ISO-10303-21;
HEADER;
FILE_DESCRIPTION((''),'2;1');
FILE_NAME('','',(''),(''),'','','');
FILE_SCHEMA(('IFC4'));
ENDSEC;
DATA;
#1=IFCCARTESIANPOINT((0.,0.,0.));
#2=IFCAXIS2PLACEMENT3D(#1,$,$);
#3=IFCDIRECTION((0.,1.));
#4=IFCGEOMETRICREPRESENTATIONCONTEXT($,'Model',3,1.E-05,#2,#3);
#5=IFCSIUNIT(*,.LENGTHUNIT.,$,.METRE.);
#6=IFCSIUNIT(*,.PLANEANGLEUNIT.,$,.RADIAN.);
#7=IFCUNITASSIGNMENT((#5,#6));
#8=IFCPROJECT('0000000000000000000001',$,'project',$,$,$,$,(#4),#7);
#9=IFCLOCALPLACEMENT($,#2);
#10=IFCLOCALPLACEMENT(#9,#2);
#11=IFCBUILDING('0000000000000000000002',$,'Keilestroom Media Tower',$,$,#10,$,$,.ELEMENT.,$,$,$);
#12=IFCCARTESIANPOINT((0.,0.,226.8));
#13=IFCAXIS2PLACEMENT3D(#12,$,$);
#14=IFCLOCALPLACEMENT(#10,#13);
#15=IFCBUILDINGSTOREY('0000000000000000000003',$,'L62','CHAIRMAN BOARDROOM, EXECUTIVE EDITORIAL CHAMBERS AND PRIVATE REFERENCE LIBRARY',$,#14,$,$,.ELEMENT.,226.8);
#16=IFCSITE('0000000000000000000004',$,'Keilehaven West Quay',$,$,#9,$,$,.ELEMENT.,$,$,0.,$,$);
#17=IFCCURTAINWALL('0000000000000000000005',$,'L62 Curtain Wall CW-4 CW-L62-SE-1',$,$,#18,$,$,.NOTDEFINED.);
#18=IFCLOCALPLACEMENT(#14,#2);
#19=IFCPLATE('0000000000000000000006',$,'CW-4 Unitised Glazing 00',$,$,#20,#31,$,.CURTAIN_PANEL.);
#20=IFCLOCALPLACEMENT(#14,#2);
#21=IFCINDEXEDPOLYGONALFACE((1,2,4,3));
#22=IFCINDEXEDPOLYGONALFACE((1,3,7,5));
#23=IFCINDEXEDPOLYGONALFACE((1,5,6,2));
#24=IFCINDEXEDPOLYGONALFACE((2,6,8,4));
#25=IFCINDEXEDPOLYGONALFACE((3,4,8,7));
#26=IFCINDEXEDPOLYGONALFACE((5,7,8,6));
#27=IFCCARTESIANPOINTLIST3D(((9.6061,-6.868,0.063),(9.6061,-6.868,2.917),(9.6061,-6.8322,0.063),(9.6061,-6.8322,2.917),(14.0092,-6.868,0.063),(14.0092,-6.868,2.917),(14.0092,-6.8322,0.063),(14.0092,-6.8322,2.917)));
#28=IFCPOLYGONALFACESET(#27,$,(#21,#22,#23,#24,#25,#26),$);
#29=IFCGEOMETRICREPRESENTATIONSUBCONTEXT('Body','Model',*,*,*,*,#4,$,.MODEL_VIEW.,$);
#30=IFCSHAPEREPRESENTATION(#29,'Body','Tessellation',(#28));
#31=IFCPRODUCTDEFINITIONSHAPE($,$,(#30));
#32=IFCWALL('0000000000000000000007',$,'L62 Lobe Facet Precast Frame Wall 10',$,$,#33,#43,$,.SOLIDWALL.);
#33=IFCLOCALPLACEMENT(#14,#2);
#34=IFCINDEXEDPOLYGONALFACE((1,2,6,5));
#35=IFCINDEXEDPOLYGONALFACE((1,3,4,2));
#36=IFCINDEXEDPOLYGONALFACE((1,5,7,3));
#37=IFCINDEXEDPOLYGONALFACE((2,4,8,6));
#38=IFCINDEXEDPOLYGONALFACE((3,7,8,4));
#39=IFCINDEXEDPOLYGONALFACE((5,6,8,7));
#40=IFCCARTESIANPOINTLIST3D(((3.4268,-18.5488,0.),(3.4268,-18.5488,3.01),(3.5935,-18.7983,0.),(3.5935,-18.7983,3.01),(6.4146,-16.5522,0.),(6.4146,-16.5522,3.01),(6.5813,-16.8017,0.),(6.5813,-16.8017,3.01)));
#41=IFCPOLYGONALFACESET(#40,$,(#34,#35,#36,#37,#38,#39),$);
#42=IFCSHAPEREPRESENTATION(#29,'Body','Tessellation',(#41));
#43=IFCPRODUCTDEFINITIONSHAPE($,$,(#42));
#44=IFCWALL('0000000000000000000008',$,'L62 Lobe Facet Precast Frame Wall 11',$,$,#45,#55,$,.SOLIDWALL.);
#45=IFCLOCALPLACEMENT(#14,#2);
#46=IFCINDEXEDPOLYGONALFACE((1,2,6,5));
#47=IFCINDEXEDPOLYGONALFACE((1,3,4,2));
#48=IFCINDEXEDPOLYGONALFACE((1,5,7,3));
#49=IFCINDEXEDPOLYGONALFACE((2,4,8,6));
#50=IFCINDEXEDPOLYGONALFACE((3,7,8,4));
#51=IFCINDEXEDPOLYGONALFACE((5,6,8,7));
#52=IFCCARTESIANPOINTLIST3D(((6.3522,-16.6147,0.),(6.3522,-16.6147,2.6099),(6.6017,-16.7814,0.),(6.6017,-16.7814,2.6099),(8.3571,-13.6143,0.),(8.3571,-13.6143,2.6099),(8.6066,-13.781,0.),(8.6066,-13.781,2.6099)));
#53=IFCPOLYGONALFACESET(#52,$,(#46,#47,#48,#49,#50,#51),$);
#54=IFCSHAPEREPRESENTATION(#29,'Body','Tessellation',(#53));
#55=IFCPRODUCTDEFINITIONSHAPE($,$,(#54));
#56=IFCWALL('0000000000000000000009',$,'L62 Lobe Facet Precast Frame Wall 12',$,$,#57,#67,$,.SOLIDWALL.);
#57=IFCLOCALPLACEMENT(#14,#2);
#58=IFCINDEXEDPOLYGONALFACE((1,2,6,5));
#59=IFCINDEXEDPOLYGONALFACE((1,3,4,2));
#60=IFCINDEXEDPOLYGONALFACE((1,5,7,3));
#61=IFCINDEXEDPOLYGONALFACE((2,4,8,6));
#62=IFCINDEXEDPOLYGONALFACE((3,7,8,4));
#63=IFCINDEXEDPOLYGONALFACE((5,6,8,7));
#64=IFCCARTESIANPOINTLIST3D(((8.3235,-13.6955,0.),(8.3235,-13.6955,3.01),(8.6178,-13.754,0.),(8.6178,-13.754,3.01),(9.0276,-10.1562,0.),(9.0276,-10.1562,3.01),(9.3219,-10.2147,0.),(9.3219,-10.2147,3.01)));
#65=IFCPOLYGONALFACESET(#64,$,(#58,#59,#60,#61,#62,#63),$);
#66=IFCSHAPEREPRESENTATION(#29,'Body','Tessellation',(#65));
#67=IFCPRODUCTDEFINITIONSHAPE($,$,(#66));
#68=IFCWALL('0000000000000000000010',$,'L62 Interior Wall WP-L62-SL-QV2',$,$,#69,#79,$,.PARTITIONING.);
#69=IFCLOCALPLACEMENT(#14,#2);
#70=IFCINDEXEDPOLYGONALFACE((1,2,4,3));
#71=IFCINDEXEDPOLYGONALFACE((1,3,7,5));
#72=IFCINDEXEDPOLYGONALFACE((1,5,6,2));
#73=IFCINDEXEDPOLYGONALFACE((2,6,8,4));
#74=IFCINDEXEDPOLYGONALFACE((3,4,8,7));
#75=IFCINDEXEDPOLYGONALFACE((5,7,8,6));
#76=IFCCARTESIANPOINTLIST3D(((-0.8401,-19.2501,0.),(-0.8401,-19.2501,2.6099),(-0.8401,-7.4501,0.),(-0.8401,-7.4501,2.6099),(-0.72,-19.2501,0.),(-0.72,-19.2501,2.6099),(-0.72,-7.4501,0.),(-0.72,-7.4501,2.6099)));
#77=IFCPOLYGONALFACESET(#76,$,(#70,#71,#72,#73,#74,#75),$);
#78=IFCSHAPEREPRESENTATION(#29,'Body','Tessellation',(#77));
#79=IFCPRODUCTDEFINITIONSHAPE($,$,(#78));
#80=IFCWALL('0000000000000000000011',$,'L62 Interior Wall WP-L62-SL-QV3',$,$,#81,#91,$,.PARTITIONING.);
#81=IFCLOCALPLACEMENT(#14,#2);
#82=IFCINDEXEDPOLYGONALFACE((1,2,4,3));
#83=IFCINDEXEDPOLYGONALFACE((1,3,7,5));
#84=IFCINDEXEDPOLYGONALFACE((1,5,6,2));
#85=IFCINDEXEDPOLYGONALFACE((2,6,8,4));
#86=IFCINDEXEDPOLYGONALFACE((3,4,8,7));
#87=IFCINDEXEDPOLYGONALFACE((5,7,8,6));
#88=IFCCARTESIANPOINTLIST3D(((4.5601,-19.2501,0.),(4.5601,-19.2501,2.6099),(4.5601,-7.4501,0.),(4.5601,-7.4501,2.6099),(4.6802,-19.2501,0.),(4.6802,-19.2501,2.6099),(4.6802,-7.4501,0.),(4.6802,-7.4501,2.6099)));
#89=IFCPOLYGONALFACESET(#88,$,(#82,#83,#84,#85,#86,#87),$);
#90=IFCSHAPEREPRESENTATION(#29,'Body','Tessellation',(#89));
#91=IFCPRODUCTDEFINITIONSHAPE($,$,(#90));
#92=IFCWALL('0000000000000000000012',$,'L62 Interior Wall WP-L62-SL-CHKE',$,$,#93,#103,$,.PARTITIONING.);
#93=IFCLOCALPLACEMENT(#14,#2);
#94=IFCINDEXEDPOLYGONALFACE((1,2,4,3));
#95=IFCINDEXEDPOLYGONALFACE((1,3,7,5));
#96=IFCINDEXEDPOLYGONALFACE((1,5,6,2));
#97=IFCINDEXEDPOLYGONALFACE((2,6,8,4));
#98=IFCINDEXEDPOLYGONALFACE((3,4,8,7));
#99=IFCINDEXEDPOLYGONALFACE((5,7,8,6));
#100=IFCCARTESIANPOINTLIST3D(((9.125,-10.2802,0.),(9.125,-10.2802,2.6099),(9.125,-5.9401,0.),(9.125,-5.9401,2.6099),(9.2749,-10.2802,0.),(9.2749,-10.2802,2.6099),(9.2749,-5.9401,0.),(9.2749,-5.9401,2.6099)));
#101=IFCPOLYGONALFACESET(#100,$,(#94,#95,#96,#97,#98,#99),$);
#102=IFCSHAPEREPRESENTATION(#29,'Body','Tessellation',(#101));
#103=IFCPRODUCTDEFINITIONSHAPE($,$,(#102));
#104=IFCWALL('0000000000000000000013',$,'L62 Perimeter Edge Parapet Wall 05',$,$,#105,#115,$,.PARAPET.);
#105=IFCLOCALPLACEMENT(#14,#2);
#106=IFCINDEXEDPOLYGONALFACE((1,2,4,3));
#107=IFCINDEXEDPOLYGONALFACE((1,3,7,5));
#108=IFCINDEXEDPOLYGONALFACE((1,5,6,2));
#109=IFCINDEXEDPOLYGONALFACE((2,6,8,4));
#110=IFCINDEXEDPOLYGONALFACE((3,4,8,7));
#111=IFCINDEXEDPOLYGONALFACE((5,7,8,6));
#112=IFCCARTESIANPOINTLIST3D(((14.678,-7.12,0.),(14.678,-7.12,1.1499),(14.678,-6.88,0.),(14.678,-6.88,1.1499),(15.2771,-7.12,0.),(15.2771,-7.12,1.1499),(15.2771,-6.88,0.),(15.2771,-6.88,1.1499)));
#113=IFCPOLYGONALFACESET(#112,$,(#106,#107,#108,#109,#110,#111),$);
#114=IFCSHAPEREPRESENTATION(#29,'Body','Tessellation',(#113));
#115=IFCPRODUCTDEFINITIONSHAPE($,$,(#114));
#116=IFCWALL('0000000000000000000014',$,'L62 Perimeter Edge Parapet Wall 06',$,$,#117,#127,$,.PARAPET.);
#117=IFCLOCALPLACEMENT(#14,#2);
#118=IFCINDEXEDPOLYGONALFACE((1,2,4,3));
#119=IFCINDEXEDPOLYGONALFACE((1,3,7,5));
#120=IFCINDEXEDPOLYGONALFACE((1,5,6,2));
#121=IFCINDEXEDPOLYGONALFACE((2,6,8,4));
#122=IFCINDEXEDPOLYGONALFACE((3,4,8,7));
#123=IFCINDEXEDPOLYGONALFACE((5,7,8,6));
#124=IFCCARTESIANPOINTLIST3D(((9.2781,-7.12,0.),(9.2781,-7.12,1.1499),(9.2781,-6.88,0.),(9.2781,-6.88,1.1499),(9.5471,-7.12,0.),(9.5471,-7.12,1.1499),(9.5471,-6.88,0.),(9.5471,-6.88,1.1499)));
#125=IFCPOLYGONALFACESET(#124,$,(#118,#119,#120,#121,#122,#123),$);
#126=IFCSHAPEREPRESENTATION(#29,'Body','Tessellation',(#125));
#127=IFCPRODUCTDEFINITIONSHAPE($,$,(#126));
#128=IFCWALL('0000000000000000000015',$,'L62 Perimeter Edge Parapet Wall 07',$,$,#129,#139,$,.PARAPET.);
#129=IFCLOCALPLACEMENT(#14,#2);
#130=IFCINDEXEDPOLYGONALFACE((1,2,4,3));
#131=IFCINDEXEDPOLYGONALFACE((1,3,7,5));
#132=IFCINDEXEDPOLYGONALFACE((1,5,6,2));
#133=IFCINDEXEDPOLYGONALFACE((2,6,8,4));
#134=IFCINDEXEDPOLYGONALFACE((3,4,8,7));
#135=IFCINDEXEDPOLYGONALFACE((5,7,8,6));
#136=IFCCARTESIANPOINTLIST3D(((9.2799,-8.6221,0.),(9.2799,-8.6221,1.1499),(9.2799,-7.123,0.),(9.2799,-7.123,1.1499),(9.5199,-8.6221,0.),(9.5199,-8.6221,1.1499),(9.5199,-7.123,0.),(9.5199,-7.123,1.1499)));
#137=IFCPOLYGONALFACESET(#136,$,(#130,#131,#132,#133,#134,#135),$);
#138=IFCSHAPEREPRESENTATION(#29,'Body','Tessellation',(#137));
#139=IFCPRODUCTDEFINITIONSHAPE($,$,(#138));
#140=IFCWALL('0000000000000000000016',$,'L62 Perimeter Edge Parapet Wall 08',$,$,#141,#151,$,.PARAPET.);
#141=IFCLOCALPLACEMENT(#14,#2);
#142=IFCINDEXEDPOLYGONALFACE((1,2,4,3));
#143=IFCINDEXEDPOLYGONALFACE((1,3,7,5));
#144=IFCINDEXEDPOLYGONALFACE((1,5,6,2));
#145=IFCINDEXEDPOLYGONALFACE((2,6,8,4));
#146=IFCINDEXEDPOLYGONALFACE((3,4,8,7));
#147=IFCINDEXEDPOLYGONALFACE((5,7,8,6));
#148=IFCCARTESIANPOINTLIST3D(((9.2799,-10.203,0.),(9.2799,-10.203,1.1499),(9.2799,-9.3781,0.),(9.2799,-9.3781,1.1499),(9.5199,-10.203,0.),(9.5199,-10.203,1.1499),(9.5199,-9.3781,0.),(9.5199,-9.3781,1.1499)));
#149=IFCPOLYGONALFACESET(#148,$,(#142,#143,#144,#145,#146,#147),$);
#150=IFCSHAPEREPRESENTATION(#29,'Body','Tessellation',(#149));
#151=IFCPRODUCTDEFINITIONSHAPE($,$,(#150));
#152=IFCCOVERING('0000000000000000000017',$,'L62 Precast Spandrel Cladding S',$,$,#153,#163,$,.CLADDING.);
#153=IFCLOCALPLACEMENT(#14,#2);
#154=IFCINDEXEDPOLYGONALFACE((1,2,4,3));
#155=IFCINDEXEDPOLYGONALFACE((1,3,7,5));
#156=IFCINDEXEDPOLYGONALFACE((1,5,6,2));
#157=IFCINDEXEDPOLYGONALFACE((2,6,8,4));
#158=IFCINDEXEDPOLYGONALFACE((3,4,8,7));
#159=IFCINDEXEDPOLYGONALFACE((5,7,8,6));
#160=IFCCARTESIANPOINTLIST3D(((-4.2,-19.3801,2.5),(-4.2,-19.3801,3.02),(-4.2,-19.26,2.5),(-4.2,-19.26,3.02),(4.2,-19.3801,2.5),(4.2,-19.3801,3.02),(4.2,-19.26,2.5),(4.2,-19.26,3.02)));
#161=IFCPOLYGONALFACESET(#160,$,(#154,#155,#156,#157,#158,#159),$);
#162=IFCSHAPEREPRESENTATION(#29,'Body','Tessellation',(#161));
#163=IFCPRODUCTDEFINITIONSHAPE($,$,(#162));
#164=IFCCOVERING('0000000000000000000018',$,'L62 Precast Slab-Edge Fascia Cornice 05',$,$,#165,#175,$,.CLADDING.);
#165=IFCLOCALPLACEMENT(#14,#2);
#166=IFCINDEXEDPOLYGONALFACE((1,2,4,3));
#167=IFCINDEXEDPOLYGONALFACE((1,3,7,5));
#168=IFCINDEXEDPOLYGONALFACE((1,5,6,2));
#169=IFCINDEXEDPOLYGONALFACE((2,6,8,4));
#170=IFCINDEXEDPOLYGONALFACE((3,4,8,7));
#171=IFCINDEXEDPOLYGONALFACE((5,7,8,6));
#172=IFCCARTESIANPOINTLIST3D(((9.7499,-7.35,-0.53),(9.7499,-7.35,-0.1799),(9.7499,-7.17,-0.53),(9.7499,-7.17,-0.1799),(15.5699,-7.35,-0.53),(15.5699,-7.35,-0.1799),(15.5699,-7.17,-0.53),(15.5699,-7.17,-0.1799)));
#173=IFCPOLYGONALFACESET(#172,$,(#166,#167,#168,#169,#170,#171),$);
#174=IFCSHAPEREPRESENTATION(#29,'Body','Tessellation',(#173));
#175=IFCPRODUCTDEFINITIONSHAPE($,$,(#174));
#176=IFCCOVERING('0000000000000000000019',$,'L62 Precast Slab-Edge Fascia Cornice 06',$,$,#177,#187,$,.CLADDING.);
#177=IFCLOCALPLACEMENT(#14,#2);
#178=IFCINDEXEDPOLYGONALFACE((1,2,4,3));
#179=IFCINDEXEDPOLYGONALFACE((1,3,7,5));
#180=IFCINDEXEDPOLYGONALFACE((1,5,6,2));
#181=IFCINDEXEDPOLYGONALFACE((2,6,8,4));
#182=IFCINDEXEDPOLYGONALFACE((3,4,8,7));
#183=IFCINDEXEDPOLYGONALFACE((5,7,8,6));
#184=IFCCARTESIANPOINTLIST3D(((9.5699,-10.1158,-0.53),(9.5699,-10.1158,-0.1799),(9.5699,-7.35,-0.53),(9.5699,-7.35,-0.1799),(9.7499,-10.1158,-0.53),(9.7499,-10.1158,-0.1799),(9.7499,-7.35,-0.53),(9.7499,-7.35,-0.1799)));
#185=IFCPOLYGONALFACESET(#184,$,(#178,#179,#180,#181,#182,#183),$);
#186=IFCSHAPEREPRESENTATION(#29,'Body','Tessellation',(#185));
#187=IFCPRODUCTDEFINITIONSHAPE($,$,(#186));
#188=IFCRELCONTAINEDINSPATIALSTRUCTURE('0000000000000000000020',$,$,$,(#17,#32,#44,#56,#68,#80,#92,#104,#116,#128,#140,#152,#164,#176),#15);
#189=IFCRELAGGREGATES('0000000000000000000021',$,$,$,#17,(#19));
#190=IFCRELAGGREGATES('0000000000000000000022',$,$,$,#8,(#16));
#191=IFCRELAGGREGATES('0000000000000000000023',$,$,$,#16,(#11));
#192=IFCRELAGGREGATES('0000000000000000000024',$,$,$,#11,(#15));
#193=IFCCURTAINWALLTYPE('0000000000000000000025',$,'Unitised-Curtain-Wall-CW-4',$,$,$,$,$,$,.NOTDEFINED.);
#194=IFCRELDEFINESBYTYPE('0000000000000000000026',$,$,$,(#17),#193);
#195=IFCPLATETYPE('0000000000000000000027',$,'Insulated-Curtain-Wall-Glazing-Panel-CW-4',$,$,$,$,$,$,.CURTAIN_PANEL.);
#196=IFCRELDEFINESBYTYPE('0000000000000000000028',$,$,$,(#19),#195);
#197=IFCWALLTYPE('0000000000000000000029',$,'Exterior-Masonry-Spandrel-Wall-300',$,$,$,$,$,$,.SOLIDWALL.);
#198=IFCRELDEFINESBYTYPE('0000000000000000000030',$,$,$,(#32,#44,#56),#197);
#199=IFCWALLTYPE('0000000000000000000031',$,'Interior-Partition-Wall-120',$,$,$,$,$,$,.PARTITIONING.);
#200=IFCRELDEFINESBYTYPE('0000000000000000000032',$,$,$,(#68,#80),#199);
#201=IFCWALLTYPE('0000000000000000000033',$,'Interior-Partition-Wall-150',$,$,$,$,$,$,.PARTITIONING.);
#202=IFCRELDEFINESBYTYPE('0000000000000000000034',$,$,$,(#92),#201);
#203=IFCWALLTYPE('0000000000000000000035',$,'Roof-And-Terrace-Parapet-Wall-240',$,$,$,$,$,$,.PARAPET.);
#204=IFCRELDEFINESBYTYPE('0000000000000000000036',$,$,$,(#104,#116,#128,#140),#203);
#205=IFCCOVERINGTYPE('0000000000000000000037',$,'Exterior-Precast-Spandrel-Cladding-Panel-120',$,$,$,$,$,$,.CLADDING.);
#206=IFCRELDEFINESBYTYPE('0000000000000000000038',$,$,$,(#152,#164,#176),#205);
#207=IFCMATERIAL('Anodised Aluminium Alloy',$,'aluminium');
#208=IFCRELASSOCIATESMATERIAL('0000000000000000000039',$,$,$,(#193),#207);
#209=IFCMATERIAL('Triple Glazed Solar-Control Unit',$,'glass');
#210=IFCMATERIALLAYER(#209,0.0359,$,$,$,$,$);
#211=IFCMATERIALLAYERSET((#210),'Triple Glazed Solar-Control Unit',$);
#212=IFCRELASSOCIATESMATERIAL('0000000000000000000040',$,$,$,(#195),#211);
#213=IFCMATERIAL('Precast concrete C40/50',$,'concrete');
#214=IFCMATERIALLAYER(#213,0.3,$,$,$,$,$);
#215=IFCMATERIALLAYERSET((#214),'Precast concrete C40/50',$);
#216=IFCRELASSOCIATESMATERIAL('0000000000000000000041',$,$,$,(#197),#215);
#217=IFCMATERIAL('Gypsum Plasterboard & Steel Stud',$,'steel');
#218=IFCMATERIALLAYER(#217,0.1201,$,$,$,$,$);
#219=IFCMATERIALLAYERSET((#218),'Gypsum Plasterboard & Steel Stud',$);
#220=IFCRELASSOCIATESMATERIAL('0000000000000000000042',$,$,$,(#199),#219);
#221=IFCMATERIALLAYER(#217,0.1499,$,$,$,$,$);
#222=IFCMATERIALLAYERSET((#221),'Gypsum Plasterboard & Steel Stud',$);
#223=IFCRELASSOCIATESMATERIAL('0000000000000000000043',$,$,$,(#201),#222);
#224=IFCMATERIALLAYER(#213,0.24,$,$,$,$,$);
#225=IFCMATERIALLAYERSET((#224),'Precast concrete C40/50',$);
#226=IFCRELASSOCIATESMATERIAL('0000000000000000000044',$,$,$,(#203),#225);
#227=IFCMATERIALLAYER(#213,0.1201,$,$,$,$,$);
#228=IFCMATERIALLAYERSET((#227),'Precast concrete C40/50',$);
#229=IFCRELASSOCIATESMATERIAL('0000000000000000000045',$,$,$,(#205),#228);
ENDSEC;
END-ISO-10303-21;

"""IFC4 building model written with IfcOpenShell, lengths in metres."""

from ifc_helpers import new_model, si_unit, direction, frame, frame_2d, origin, origin_2d, place, context, subcontext, project, spatial, rectangle, extrude, source, transform, mapped, material, layer, layer_set, type_object, element, aggregate, save


model = new_model("IFC4")

# Units and contexts
model_context = context("Model", 3, precision=1e-05, world=origin(), true_north=direction((0.0, 1.0)))
body_context = subcontext(model_context, "Body", "Model", "MODEL_VIEW")
ifc_project = project(units=[si_unit("LENGTHUNIT", "METRE"), si_unit("PLANEANGLEUNIT", "RADIAN")], contexts=[model_context])

# Site, building, storey
site_placement = place(None, origin())
site = spatial("IfcSite", under=ifc_project, at=site_placement, Name="Keilehaven West Quay", CompositionType="ELEMENT", RefElevation=0.0)
building_placement = place(site_placement, origin())
building = spatial("IfcBuilding", under=site, at=building_placement, Name="Keilestroom Media Tower", CompositionType="ELEMENT")
storey_placement = place(building_placement, frame((0.0, 0.0, 226.8)))
storey = spatial("IfcBuildingStorey", under=building, at=storey_placement, Name="L62", Description="CHAIRMAN BOARDROOM, EXECUTIVE EDITORIAL CHAMBERS AND PRIVATE REFERENCE LIBRARY", CompositionType="ELEMENT", Elevation=226.8)

# Shared definitions
ifc_material_1 = material(Name="Precast concrete C40/50", Category="concrete")

# Curtain wall
ifc_material_2 = material(Name="Anodised Aluminium Alloy", Category="aluminium")
curtain_wall_type_1 = type_object("IfcCurtainWallType", Name="Unitised-Curtain-Wall-CW-4", PredefinedType="NOTDEFINED", material=ifc_material_2)
curtain_wall_1_placement = place(storey_placement, origin())
curtain_wall_1 = element("IfcCurtainWall", 1, at=curtain_wall_1_placement, inside=storey, type_object=curtain_wall_type_1, Name="L62 Curtain Wall CW-4 CW-L62-SE-1", PredefinedType="NOTDEFINED")

# Plate
ifc_material_3 = material(Name="Triple Glazed Solar-Control Unit", Category="glass")
ifc_layer_1 = layer(ifc_material_3, 0.0359)
ifc_layer_set_1 = layer_set([ifc_layer_1], Name="Triple Glazed Solar-Control Unit")
plate_type_1 = type_object("IfcPlateType", Name="Insulated-Curtain-Wall-Glazing-Panel-CW-4", PredefinedType="CURTAIN_PANEL", material=ifc_layer_set_1)
shared_shape_1 = source(origin(), body_context, "Body", "SweptSolid", [
    extrude(rectangle(XDim=4.4031, YDim=0.0359, at=origin_2d()), origin(), (0.0, 0.0, 1.0), 2.854),
])
plate_1_placement = place(storey_placement, frame((11.8076, -6.8501, 0.063), z_axis=(0.0, 0.0, 1.0), x_axis=(1.0, 0.0, 0.0)))
plate_1 = element("IfcPlate", 2, at=plate_1_placement, type_object=plate_type_1, Name="CW-4 Unitised Glazing 00", PredefinedType="CURTAIN_PANEL", context=body_context, shape_type="MappedRepresentation", body=[
    mapped(shared_shape_1, transform((0.0, 0.0, 0.0), x_axis=(1.0, 0.0, 0.0), y_axis=(0.0, 1.0, 0.0), z_axis=(0.0, 0.0, 1.0), scale=1.0)),
])
aggregate(curtain_wall_1, [plate_1])

# Walls
ifc_layer_2 = layer(ifc_material_1, 0.3)
ifc_layer_set_2 = layer_set([ifc_layer_2], Name="Precast concrete C40/50")
wall_type_1 = type_object("IfcWallType", Name="Exterior-Masonry-Spandrel-Wall-300", PredefinedType="SOLIDWALL", material=ifc_layer_set_2)
wall_1_placement = place(storey_placement, frame((3.51, -18.6736, 0.0), z_axis=(0.0, 0.0, 1.0), x_axis=(0.831444, 0.555609, 0.0)))
element("IfcWall", 3, at=wall_1_placement, inside=storey, type_object=wall_type_1, Name="L62 Lobe Facet Precast Frame Wall 10", PredefinedType="SOLIDWALL", context=body_context, shape_type="SweptSolid", body=[
    extrude(rectangle(XDim=3.5935, YDim=0.3, at=frame_2d((1.7969, 0.0))), origin(), (0.0, 0.0, 1.0), 3.01),
])
wall_2_placement = place(storey_placement, frame((6.4771, -16.698, 0.0), z_axis=(0.0, 0.0, 1.0), x_axis=(0.555574, 0.831467, 0.0)))
element("IfcWall", 4, at=wall_2_placement, inside=storey, type_object=wall_type_1, Name="L62 Lobe Facet Precast Frame Wall 11", PredefinedType="SOLIDWALL", context=body_context, shape_type="SweptSolid", body=[
    extrude(rectangle(XDim=3.6086, YDim=0.3, at=frame_2d((1.8042, 0.0))), origin(), (0.0, 0.0, 1.0), 2.6099),
])
wall_3_placement = place(storey_placement, frame((8.4707, -13.7246, 0.0), z_axis=(0.0, 0.0, 1.0), x_axis=(0.195114, 0.980781, 0.0)))
element("IfcWall", 5, at=wall_3_placement, inside=storey, type_object=wall_type_1, Name="L62 Lobe Facet Precast Frame Wall 12", PredefinedType="SOLIDWALL", context=body_context, shape_type="SweptSolid", body=[
    extrude(rectangle(XDim=3.6086, YDim=0.3, at=frame_2d((1.8042, 0.0))), origin(), (0.0, 0.0, 1.0), 3.01),
])
ifc_material_4 = material(Name="Gypsum Plasterboard & Steel Stud", Category="steel")
ifc_layer_3 = layer(ifc_material_4, 0.1201)
ifc_layer_set_3 = layer_set([ifc_layer_3], Name="Gypsum Plasterboard & Steel Stud")
wall_type_2 = type_object("IfcWallType", Name="Interior-Partition-Wall-120", PredefinedType="PARTITIONING", material=ifc_layer_set_3)
for number, where, z_axis, x_axis, name in (
    (6, (-0.78, -19.25, 0.0), (0.0, 0.0, 1.0), (0.0, 1.0, 0.0), "L62 Interior Wall WP-L62-SL-QV2"),
    (7, (4.6201, -19.25, 0.0), (0.0, 0.0, 1.0), (0.0, 1.0, 0.0), "L62 Interior Wall WP-L62-SL-QV3"),
):
    element("IfcWall", number, at=place(storey_placement, frame(where, z_axis=z_axis, x_axis=x_axis)), inside=storey, type_object=wall_type_2, Name=name, PredefinedType="PARTITIONING", context=body_context, shape_type="SweptSolid", body=[
        extrude(rectangle(XDim=11.8, YDim=0.1201, at=frame_2d((5.8999, 0.0))), origin(), (0.0, 0.0, 1.0), 2.6099),
    ])
ifc_layer_4 = layer(ifc_material_4, 0.1499)
ifc_layer_set_4 = layer_set([ifc_layer_4], Name="Gypsum Plasterboard & Steel Stud")
wall_type_3 = type_object("IfcWallType", Name="Interior-Partition-Wall-150", PredefinedType="PARTITIONING", material=ifc_layer_set_4)
wall_4_placement = place(storey_placement, frame((9.2, -10.28, 0.0), z_axis=(0.0, 0.0, 1.0), x_axis=(0.0, 1.0, 0.0)))
element("IfcWall", 8, at=wall_4_placement, inside=storey, type_object=wall_type_3, Name="L62 Interior Wall WP-L62-SL-CHKE", PredefinedType="PARTITIONING", context=body_context, shape_type="SweptSolid", body=[
    extrude(rectangle(XDim=4.3401, YDim=0.1499, at=frame_2d((2.1699, 0.0))), origin(), (0.0, 0.0, 1.0), 2.6099),
])
ifc_layer_5 = layer(ifc_material_1, 0.24)
ifc_layer_set_5 = layer_set([ifc_layer_5], Name="Precast concrete C40/50")
wall_type_4 = type_object("IfcWallType", Name="Roof-And-Terrace-Parapet-Wall-240", PredefinedType="PARAPET", material=ifc_layer_set_5)
wall_5_placement = place(storey_placement, frame((15.2771, -7.0, 0.0), z_axis=(0.0, 0.0, 1.0), x_axis=(-1.0, 0.0, 0.0)))
element("IfcWall", 9, at=wall_5_placement, inside=storey, type_object=wall_type_4, Name="L62 Perimeter Edge Parapet Wall 05", PredefinedType="PARAPET", context=body_context, shape_type="SweptSolid", body=[
    extrude(rectangle(XDim=0.5991, YDim=0.24, at=frame_2d((0.2996, 0.0))), origin(), (0.0, 0.0, 1.0), 1.1499),
])
wall_6_placement = place(storey_placement, frame((9.5471, -7.0, 0.0), z_axis=(0.0, 0.0, 1.0), x_axis=(-1.0, 0.0, 0.0)))
element("IfcWall", 10, at=wall_6_placement, inside=storey, type_object=wall_type_4, Name="L62 Perimeter Edge Parapet Wall 06", PredefinedType="PARAPET", context=body_context, shape_type="SweptSolid", body=[
    extrude(rectangle(XDim=0.269, YDim=0.24, at=frame_2d((0.1345, 0.0))), origin(), (0.0, 0.0, 1.0), 1.1499),
])
wall_7_placement = place(storey_placement, frame((9.3999, -7.123, 0.0), z_axis=(0.0, 0.0, 1.0), x_axis=(0.0, -1.0, 0.0)))
element("IfcWall", 11, at=wall_7_placement, inside=storey, type_object=wall_type_4, Name="L62 Perimeter Edge Parapet Wall 07", PredefinedType="PARAPET", context=body_context, shape_type="SweptSolid", body=[
    extrude(rectangle(XDim=1.499, YDim=0.24, at=frame_2d((0.7495, 0.0))), origin(), (0.0, 0.0, 1.0), 1.1499),
])
wall_8_placement = place(storey_placement, frame((9.3999, -9.3779, 0.0), z_axis=(0.0, 0.0, 1.0), x_axis=(0.0, -1.0, 0.0)))
element("IfcWall", 12, at=wall_8_placement, inside=storey, type_object=wall_type_4, Name="L62 Perimeter Edge Parapet Wall 08", PredefinedType="PARAPET", context=body_context, shape_type="SweptSolid", body=[
    extrude(rectangle(XDim=0.825, YDim=0.24, at=frame_2d((0.4126, 0.0))), origin(), (0.0, 0.0, 1.0), 1.1499),
])

# Coverings
ifc_layer_6 = layer(ifc_material_1, 0.1201)
ifc_layer_set_6 = layer_set([ifc_layer_6], Name="Precast concrete C40/50")
covering_type = type_object("IfcCoveringType", Name="Exterior-Precast-Spandrel-Cladding-Panel-120", PredefinedType="CLADDING", material=ifc_layer_set_6)
shared_shape_2 = source(origin(), body_context, "Body", "SweptSolid", [
    extrude(rectangle(XDim=8.3999, YDim=0.1201, at=origin_2d()), origin(), (0.0, 0.0, 1.0), 0.52),
])
covering_1_placement = place(storey_placement, frame((0.0, -19.3201, 2.5), z_axis=(0.0, 0.0, 1.0), x_axis=(1.0, 0.0, 0.0)))
element("IfcCovering", 13, at=covering_1_placement, inside=storey, type_object=covering_type, Name="L62 Precast Spandrel Cladding S", PredefinedType="CLADDING", context=body_context, shape_type="MappedRepresentation", body=[
    mapped(shared_shape_2, transform((0.0, 0.0, 0.0), x_axis=(1.0, 0.0, 0.0), y_axis=(0.0, 1.0, 0.0), z_axis=(0.0, 0.0, 1.0), scale=1.0)),
])
shared_shape_3 = source(origin(), body_context, "Body", "SweptSolid", [
    extrude(rectangle(XDim=5.8201, YDim=0.1799, at=origin_2d()), origin(), (0.0, 0.0, 1.0), 0.3501),
])
covering_2_placement = place(storey_placement, frame((12.6599, -7.26, -0.53), z_axis=(0.0, 0.0, 1.0), x_axis=(-1.0, 0.0, 0.0)))
element("IfcCovering", 14, at=covering_2_placement, inside=storey, type_object=covering_type, Name="L62 Precast Slab-Edge Fascia Cornice 05", PredefinedType="CLADDING", context=body_context, shape_type="MappedRepresentation", body=[
    mapped(shared_shape_3, transform((0.0, 0.0, 0.0), x_axis=(1.0, 0.0, 0.0), y_axis=(0.0, 1.0, 0.0), z_axis=(0.0, 0.0, 1.0), scale=1.0)),
])
shared_shape_4 = source(origin(), body_context, "Body", "SweptSolid", [
    extrude(rectangle(XDim=2.7659, YDim=0.1799, at=origin_2d()), origin(), (0.0, 0.0, 1.0), 0.3501),
])
covering_3_placement = place(storey_placement, frame((9.6599, -8.7329, -0.53), z_axis=(0.0, 0.0, 1.0), x_axis=(0.0, -1.0, 0.0)))
element("IfcCovering", 15, at=covering_3_placement, inside=storey, type_object=covering_type, Name="L62 Precast Slab-Edge Fascia Cornice 06", PredefinedType="CLADDING", context=body_context, shape_type="MappedRepresentation", body=[
    mapped(shared_shape_4, transform((0.0, 0.0, 0.0), x_axis=(1.0, 0.0, 0.0), y_axis=(0.0, 1.0, 0.0), z_axis=(0.0, 0.0, 1.0), scale=1.0)),
])

save(model, "model.ifc")
